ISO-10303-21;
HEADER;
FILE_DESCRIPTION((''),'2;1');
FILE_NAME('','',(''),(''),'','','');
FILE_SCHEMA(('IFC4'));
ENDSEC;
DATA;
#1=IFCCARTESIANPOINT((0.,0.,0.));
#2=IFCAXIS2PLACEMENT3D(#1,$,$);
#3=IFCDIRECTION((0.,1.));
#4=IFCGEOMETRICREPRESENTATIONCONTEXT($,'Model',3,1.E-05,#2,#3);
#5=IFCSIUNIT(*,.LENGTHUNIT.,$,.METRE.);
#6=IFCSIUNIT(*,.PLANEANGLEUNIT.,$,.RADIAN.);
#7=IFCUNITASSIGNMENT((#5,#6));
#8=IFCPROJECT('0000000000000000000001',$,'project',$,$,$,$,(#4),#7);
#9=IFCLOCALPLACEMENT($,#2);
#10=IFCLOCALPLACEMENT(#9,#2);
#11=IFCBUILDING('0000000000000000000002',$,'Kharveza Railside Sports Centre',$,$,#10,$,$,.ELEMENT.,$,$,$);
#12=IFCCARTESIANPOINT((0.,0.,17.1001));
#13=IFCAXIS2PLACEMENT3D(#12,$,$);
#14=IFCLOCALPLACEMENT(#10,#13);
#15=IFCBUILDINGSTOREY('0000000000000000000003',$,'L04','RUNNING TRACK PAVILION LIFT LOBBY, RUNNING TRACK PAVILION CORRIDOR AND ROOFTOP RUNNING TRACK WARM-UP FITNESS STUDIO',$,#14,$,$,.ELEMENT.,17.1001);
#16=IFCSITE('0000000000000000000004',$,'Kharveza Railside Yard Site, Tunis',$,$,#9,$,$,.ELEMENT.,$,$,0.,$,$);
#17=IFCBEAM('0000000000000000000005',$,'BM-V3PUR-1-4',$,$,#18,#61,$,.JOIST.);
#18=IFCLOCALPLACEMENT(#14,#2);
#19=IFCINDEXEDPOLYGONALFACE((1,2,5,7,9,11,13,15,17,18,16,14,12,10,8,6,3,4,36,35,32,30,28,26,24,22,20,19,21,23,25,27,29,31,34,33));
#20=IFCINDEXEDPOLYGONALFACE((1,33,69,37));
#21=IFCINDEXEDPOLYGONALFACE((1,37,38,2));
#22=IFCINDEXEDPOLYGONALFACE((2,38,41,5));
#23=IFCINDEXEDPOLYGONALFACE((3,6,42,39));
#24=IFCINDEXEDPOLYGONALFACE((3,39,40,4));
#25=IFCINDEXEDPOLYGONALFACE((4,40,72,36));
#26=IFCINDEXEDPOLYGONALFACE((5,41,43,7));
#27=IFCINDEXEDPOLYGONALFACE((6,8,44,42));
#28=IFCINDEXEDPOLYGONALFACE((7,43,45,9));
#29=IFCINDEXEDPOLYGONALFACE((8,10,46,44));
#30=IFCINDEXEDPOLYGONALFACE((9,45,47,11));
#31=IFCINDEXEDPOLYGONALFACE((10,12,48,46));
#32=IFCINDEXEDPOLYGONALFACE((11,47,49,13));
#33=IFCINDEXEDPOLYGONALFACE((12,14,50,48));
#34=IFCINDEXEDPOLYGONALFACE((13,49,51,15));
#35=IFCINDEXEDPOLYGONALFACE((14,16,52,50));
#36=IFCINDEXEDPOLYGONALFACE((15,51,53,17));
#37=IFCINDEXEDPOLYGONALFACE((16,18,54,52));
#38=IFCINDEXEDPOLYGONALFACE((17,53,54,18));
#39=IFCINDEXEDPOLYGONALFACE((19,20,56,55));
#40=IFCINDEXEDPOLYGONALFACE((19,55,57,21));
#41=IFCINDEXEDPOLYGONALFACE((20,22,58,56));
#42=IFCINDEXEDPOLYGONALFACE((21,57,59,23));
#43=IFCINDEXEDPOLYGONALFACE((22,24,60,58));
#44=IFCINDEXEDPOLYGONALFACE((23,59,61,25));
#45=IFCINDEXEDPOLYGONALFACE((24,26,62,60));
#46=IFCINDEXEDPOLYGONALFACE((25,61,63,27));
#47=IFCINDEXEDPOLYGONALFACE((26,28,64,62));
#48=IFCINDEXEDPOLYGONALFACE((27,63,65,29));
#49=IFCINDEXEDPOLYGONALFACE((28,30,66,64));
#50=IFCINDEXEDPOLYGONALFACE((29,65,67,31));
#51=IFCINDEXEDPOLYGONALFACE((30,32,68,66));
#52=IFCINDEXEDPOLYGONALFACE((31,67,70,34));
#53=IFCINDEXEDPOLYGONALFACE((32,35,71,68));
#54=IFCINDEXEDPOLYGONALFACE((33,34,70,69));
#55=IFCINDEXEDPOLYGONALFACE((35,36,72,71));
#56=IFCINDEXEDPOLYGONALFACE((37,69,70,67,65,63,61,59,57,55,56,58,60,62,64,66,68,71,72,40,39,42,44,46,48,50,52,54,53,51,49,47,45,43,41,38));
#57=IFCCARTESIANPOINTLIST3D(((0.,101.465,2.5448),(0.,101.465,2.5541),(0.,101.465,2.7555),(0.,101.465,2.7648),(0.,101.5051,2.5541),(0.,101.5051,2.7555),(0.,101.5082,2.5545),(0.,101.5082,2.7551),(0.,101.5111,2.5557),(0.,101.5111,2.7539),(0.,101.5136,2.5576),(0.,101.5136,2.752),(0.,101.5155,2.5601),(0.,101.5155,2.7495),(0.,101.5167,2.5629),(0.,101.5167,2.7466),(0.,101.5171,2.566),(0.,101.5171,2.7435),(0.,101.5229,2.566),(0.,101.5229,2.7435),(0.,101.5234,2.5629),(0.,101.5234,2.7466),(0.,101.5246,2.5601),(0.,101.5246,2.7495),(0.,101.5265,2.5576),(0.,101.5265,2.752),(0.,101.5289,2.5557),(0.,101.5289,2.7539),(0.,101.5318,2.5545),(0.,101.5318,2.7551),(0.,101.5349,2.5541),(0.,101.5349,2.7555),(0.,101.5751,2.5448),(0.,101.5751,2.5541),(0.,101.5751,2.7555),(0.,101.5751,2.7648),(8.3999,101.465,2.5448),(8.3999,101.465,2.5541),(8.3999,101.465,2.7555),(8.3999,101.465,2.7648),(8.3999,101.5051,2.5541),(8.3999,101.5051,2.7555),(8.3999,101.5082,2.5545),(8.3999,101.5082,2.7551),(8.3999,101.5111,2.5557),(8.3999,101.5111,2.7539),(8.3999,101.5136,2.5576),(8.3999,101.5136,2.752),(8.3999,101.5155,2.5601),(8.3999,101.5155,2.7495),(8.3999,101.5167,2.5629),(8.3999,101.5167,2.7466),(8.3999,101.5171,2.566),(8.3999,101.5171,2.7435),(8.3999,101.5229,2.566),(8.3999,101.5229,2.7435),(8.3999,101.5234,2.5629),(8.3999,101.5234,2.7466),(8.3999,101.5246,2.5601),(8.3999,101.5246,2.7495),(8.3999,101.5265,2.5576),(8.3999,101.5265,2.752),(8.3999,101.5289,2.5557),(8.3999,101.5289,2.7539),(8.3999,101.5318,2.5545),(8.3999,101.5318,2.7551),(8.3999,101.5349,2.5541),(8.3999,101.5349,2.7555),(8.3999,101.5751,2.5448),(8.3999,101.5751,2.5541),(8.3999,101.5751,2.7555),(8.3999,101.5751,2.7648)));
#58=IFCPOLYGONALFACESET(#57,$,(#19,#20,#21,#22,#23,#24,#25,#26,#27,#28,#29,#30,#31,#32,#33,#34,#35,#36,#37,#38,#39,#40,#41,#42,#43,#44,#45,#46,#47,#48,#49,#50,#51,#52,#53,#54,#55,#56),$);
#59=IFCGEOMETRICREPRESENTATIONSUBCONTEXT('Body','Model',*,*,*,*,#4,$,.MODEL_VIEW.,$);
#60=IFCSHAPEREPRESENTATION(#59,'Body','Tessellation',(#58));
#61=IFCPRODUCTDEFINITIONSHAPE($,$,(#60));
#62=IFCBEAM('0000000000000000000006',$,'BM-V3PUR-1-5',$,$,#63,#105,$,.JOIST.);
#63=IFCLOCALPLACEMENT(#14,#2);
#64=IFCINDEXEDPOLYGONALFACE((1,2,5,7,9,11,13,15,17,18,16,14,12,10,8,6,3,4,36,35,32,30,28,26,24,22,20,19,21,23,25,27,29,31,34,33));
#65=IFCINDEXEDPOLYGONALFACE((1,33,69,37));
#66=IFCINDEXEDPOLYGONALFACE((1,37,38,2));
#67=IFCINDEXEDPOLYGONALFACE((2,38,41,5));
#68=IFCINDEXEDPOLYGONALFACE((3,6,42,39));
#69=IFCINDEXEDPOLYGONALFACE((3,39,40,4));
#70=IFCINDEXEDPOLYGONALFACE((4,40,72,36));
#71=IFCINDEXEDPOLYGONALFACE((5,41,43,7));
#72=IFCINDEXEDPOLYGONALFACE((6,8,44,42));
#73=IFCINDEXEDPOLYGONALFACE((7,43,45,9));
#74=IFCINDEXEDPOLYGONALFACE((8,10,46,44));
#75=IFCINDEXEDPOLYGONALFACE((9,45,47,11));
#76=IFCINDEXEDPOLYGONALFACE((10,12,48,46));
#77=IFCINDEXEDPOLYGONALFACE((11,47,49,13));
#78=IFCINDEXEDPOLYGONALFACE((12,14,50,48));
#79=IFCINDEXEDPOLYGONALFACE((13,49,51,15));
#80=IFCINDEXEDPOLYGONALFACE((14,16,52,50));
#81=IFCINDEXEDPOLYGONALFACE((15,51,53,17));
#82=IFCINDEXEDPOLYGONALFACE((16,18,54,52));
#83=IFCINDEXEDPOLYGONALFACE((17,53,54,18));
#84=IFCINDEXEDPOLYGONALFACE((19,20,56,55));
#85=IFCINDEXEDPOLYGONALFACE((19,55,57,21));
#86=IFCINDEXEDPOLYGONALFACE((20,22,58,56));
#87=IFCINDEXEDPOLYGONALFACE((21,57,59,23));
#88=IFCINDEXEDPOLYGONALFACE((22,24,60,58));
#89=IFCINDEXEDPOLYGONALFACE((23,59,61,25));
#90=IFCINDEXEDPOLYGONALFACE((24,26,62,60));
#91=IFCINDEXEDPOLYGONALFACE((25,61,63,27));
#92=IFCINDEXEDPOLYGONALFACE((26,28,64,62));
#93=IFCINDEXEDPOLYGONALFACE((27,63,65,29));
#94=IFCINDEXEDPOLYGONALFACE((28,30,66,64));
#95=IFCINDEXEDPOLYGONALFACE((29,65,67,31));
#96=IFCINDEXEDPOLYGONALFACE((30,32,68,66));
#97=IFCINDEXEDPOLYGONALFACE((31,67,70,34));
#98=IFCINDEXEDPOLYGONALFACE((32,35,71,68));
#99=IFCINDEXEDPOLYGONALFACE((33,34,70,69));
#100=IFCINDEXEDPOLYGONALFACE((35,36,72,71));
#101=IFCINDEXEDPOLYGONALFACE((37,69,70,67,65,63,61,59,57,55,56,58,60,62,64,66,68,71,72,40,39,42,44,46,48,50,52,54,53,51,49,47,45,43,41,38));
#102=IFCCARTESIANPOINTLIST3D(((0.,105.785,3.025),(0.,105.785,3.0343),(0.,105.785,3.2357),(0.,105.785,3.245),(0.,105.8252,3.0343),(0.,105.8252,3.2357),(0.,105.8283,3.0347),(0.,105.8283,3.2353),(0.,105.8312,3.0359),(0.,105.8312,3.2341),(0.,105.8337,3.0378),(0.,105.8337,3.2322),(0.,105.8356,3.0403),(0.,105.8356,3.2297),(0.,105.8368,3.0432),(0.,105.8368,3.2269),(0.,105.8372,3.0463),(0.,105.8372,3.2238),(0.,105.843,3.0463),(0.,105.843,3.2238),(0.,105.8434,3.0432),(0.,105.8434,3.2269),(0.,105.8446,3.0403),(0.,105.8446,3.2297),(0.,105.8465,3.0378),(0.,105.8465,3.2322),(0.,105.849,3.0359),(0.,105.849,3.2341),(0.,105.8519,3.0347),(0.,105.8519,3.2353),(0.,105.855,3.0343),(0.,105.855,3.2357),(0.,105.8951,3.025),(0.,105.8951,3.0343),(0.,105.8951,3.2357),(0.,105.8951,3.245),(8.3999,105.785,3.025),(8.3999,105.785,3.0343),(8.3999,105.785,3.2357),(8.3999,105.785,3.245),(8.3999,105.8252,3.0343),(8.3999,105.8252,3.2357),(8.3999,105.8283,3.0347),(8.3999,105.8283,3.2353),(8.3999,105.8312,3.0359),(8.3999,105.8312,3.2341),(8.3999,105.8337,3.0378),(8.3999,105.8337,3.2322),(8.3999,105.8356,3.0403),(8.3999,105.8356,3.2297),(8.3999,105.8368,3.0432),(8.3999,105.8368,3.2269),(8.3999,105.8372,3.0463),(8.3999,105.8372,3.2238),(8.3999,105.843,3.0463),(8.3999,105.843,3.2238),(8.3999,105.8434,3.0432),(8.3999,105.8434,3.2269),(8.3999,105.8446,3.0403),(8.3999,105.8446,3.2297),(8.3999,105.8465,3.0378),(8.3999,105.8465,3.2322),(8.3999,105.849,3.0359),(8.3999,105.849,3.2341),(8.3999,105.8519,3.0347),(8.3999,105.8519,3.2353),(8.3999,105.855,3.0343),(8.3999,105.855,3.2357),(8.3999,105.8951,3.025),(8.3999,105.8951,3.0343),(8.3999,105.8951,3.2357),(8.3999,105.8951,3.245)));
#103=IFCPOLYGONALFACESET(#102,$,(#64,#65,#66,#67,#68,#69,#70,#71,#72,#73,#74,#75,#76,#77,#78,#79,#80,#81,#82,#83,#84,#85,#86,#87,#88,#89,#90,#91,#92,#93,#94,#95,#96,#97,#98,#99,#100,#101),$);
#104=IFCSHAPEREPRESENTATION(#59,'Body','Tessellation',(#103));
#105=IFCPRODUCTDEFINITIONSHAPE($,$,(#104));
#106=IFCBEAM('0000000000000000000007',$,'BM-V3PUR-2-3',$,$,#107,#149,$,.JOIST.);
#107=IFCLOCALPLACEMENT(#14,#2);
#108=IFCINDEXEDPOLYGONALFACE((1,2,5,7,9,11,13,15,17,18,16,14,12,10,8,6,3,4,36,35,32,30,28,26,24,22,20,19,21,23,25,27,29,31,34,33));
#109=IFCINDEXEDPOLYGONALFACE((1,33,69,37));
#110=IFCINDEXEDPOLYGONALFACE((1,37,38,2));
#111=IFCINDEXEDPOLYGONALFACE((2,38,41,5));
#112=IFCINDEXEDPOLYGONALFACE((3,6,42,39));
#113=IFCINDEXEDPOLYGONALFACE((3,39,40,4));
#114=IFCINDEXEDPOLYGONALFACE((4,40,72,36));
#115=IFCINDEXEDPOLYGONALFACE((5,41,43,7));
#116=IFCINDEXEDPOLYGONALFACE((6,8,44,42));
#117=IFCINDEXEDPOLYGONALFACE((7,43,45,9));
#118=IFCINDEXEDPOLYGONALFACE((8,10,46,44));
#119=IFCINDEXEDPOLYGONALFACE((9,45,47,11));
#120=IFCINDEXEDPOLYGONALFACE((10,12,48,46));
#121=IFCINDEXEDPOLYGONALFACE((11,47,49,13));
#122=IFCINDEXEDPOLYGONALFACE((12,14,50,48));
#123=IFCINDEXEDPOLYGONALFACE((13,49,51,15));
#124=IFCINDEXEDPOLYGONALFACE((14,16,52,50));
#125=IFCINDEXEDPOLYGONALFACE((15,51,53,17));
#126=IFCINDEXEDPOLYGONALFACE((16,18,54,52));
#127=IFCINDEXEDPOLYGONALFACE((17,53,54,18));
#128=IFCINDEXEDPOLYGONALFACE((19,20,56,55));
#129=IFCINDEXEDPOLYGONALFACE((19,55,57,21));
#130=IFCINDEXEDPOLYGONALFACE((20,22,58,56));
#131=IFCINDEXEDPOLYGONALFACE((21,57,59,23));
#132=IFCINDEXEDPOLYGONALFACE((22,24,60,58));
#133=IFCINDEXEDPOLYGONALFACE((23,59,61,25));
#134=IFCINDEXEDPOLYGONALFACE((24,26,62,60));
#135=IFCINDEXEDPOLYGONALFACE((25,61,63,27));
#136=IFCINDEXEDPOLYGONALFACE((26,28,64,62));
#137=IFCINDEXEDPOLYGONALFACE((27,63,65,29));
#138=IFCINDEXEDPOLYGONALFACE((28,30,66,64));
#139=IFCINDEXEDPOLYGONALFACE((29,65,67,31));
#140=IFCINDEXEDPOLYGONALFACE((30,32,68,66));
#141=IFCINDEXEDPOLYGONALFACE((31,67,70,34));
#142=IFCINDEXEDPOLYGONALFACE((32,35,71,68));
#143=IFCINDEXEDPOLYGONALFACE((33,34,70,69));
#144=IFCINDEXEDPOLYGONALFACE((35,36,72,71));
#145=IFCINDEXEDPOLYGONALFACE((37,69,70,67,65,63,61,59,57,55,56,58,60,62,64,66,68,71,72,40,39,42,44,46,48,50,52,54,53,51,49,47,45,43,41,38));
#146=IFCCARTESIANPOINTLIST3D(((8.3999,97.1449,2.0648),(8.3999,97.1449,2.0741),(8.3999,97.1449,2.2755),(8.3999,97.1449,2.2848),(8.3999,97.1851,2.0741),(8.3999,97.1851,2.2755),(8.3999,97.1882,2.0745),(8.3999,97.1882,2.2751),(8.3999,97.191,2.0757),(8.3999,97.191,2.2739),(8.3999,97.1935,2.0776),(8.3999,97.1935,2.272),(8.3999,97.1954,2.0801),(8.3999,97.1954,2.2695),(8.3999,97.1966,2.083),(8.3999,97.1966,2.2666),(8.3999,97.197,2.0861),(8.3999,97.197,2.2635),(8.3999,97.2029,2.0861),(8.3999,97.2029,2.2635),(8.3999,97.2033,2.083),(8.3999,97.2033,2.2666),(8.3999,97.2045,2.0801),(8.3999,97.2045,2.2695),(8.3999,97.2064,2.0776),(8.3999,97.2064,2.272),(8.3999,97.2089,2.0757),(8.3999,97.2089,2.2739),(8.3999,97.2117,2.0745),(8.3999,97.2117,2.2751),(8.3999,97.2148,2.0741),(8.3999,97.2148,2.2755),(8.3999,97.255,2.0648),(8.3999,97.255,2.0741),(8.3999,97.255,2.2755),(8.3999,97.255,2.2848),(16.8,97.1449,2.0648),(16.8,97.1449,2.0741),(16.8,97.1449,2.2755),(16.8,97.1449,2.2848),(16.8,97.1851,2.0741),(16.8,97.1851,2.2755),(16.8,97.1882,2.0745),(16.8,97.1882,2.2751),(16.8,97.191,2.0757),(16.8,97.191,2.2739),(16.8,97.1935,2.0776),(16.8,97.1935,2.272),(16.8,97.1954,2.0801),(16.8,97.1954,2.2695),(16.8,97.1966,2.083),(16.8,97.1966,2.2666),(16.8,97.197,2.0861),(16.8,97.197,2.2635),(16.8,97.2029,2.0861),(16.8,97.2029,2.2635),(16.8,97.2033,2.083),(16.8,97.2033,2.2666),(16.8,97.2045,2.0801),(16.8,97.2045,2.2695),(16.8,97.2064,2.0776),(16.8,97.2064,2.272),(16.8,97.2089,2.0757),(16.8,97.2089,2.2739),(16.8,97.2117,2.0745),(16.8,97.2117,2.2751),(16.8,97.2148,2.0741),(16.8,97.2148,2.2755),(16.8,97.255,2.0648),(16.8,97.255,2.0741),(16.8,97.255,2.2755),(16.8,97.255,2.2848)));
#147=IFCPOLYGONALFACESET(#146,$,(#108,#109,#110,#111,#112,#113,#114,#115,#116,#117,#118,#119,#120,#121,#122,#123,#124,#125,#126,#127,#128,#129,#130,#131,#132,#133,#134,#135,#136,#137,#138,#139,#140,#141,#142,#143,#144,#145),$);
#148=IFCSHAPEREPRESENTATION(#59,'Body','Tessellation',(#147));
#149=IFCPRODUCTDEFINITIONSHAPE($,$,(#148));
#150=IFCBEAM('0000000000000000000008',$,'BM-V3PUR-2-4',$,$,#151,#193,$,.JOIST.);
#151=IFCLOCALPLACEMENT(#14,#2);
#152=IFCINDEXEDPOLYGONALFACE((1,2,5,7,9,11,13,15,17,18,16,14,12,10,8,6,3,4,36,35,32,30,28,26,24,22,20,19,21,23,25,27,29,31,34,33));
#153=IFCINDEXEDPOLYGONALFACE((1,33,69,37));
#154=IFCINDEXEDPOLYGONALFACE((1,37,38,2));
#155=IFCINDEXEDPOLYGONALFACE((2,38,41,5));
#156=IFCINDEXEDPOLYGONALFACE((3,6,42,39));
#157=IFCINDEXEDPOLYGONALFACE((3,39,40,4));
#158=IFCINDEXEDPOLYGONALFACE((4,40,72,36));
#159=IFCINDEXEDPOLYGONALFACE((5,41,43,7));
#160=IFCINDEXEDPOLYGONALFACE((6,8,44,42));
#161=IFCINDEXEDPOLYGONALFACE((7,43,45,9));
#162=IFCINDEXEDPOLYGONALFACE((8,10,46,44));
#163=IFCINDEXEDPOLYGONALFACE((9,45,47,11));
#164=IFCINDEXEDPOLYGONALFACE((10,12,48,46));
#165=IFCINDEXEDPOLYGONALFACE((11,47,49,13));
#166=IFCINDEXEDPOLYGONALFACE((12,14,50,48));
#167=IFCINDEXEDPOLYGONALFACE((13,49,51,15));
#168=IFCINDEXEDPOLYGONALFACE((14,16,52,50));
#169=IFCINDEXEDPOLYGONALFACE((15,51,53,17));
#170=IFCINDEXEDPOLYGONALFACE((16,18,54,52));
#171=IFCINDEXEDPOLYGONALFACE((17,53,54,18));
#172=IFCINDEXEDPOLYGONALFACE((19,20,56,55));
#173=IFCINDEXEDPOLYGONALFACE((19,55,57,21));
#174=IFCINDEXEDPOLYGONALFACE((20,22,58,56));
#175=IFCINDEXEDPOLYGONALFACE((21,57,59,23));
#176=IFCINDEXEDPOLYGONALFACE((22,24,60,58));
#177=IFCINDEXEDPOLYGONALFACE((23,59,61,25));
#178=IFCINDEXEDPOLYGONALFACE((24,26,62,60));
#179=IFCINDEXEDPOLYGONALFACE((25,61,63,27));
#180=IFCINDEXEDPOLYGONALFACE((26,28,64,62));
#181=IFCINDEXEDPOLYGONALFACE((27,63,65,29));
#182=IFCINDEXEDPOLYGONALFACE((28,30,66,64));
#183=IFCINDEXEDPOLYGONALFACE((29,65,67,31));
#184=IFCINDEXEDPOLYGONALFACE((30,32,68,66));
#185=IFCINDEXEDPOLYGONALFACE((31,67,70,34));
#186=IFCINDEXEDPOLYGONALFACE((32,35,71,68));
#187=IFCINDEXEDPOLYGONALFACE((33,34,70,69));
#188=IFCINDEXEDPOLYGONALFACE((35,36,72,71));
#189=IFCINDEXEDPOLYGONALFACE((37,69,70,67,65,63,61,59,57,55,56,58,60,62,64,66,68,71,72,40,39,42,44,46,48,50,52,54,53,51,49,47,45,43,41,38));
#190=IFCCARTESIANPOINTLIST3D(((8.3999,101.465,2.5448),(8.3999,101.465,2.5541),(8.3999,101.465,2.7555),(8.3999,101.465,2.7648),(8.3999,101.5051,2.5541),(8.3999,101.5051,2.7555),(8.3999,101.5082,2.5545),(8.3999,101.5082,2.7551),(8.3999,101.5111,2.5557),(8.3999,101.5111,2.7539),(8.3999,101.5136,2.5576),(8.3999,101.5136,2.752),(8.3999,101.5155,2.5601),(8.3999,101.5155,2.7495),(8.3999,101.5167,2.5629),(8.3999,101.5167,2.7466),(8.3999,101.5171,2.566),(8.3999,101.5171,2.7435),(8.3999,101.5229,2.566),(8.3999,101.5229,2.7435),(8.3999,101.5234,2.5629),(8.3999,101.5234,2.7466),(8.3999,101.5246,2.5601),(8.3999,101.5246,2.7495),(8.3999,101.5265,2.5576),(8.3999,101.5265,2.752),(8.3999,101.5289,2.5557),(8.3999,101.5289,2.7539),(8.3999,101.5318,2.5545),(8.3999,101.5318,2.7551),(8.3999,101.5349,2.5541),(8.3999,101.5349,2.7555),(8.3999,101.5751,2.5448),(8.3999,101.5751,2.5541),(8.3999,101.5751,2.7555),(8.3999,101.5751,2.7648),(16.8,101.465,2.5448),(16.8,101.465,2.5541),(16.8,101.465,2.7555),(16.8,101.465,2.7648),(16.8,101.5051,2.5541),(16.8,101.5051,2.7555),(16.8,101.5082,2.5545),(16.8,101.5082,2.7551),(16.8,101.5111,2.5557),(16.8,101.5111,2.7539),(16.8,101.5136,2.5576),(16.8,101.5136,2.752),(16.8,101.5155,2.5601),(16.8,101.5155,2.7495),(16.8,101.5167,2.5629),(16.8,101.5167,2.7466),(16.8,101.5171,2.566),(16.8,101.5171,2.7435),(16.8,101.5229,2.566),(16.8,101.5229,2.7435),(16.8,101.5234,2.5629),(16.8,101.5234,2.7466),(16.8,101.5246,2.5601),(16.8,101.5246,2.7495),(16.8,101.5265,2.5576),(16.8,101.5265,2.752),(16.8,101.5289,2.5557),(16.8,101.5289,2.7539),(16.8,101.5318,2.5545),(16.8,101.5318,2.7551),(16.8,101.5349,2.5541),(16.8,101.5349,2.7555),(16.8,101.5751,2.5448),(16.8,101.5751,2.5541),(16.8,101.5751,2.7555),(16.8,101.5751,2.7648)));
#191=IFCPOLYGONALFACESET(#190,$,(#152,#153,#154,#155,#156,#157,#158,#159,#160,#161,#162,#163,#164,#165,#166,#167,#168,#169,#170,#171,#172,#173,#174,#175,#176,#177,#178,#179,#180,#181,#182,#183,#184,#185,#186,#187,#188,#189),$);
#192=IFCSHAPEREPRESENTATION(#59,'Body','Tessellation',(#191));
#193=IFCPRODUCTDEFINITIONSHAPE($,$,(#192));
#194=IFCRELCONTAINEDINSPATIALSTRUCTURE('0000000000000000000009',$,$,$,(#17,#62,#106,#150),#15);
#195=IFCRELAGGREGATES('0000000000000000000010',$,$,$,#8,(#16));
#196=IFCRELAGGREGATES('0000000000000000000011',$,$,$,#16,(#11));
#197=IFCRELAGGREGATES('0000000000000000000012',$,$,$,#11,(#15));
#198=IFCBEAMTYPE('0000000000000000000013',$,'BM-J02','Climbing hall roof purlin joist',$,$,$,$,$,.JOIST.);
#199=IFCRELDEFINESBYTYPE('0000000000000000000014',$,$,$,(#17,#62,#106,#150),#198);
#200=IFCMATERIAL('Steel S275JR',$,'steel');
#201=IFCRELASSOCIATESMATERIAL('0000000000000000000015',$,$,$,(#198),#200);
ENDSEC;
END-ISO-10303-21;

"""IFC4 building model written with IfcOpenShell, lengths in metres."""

from ifc_helpers import new_model, si_unit, direction, frame, origin, origin_2d, place, context, subcontext, project, spatial, i_section, extrude, material, material_profile, profile_set, type_object, element, save


model = new_model("IFC4")

# Units and contexts
model_context = context("Model", 3, precision=1e-05, world=origin(), true_north=direction((0.0, 1.0)))
body_context = subcontext(model_context, "Body", "Model", "MODEL_VIEW")
ifc_project = project(units=[si_unit("LENGTHUNIT", "METRE"), si_unit("PLANEANGLEUNIT", "RADIAN")], contexts=[model_context])

# Site, building, storey
site_placement = place(None, origin())
site = spatial("IfcSite", under=ifc_project, at=site_placement, Name="Kharveza Railside Yard Site, Tunis", CompositionType="ELEMENT", RefElevation=0.0)
building_placement = place(site_placement, origin())
building = spatial("IfcBuilding", under=site, at=building_placement, Name="Kharveza Railside Sports Centre", CompositionType="ELEMENT")
storey_placement = place(building_placement, frame((0.0, 0.0, 17.1001)))
storey = spatial("IfcBuildingStorey", under=building, at=storey_placement, Name="L04", Description="RUNNING TRACK PAVILION LIFT LOBBY, RUNNING TRACK PAVILION CORRIDOR AND ROOFTOP RUNNING TRACK WARM-UP FITNESS STUDIO", CompositionType="ELEMENT", Elevation=17.1001)

# Beams
ifc_material_1 = material(Name="Steel S275JR", Category="steel")
ifc_material_profile_1 = material_profile(ifc_material_1, i_section(OverallWidth=0.1101, OverallDepth=0.22, WebThickness=0.0059, FlangeThickness=0.0093, FilletRadius=0.012, at=origin_2d()), Name="IPE 220")
ifc_profile_set_1 = profile_set([ifc_material_profile_1], Name="Steel S275JR")
beam_type = type_object("IfcBeamType", Name="BM-J02", Description="Climbing hall roof purlin joist", PredefinedType="JOIST", material=ifc_profile_set_1)
for number, where, z_axis, x_axis, name in (
    (1, (0.0, 101.52, 2.6548), (1.0, 0.0, 0.0), (0.0, 1.0, 0.0), "BM-V3PUR-1-4"),
    (2, (0.0, 105.8401, 3.135), (1.0, 0.0, 0.0), (0.0, 1.0, 0.0), "BM-V3PUR-1-5"),
):
    element("IfcBeam", number, at=place(storey_placement, frame(where, z_axis=z_axis, x_axis=x_axis)), inside=storey, type_object=beam_type, Name=name, PredefinedType="JOIST", context=body_context, shape_type="SweptSolid", body=[
        extrude(i_section(OverallWidth=0.1101, OverallDepth=0.22, WebThickness=0.0059, FlangeThickness=0.0093, FilletRadius=0.012, at=origin_2d()), origin(), (0.0, 0.0, 1.0), 8.3999),
    ])
for number, where, z_axis, x_axis, name in (
    (3, (8.3999, 97.2, 2.1748), (1.0, 0.0, 0.0), (0.0, 1.0, 0.0), "BM-V3PUR-2-3"),
    (4, (8.3999, 101.52, 2.6548), (1.0, 0.0, 0.0), (0.0, 1.0, 0.0), "BM-V3PUR-2-4"),
):
    element("IfcBeam", number, at=place(storey_placement, frame(where, z_axis=z_axis, x_axis=x_axis)), inside=storey, type_object=beam_type, Name=name, PredefinedType="JOIST", context=body_context, shape_type="SweptSolid", body=[
        extrude(i_section(OverallWidth=0.1101, OverallDepth=0.22, WebThickness=0.0059, FlangeThickness=0.0093, FilletRadius=0.012, at=origin_2d()), origin(), (0.0, 0.0, 1.0), 8.4001),
    ])

save(model, "model.ifc")
